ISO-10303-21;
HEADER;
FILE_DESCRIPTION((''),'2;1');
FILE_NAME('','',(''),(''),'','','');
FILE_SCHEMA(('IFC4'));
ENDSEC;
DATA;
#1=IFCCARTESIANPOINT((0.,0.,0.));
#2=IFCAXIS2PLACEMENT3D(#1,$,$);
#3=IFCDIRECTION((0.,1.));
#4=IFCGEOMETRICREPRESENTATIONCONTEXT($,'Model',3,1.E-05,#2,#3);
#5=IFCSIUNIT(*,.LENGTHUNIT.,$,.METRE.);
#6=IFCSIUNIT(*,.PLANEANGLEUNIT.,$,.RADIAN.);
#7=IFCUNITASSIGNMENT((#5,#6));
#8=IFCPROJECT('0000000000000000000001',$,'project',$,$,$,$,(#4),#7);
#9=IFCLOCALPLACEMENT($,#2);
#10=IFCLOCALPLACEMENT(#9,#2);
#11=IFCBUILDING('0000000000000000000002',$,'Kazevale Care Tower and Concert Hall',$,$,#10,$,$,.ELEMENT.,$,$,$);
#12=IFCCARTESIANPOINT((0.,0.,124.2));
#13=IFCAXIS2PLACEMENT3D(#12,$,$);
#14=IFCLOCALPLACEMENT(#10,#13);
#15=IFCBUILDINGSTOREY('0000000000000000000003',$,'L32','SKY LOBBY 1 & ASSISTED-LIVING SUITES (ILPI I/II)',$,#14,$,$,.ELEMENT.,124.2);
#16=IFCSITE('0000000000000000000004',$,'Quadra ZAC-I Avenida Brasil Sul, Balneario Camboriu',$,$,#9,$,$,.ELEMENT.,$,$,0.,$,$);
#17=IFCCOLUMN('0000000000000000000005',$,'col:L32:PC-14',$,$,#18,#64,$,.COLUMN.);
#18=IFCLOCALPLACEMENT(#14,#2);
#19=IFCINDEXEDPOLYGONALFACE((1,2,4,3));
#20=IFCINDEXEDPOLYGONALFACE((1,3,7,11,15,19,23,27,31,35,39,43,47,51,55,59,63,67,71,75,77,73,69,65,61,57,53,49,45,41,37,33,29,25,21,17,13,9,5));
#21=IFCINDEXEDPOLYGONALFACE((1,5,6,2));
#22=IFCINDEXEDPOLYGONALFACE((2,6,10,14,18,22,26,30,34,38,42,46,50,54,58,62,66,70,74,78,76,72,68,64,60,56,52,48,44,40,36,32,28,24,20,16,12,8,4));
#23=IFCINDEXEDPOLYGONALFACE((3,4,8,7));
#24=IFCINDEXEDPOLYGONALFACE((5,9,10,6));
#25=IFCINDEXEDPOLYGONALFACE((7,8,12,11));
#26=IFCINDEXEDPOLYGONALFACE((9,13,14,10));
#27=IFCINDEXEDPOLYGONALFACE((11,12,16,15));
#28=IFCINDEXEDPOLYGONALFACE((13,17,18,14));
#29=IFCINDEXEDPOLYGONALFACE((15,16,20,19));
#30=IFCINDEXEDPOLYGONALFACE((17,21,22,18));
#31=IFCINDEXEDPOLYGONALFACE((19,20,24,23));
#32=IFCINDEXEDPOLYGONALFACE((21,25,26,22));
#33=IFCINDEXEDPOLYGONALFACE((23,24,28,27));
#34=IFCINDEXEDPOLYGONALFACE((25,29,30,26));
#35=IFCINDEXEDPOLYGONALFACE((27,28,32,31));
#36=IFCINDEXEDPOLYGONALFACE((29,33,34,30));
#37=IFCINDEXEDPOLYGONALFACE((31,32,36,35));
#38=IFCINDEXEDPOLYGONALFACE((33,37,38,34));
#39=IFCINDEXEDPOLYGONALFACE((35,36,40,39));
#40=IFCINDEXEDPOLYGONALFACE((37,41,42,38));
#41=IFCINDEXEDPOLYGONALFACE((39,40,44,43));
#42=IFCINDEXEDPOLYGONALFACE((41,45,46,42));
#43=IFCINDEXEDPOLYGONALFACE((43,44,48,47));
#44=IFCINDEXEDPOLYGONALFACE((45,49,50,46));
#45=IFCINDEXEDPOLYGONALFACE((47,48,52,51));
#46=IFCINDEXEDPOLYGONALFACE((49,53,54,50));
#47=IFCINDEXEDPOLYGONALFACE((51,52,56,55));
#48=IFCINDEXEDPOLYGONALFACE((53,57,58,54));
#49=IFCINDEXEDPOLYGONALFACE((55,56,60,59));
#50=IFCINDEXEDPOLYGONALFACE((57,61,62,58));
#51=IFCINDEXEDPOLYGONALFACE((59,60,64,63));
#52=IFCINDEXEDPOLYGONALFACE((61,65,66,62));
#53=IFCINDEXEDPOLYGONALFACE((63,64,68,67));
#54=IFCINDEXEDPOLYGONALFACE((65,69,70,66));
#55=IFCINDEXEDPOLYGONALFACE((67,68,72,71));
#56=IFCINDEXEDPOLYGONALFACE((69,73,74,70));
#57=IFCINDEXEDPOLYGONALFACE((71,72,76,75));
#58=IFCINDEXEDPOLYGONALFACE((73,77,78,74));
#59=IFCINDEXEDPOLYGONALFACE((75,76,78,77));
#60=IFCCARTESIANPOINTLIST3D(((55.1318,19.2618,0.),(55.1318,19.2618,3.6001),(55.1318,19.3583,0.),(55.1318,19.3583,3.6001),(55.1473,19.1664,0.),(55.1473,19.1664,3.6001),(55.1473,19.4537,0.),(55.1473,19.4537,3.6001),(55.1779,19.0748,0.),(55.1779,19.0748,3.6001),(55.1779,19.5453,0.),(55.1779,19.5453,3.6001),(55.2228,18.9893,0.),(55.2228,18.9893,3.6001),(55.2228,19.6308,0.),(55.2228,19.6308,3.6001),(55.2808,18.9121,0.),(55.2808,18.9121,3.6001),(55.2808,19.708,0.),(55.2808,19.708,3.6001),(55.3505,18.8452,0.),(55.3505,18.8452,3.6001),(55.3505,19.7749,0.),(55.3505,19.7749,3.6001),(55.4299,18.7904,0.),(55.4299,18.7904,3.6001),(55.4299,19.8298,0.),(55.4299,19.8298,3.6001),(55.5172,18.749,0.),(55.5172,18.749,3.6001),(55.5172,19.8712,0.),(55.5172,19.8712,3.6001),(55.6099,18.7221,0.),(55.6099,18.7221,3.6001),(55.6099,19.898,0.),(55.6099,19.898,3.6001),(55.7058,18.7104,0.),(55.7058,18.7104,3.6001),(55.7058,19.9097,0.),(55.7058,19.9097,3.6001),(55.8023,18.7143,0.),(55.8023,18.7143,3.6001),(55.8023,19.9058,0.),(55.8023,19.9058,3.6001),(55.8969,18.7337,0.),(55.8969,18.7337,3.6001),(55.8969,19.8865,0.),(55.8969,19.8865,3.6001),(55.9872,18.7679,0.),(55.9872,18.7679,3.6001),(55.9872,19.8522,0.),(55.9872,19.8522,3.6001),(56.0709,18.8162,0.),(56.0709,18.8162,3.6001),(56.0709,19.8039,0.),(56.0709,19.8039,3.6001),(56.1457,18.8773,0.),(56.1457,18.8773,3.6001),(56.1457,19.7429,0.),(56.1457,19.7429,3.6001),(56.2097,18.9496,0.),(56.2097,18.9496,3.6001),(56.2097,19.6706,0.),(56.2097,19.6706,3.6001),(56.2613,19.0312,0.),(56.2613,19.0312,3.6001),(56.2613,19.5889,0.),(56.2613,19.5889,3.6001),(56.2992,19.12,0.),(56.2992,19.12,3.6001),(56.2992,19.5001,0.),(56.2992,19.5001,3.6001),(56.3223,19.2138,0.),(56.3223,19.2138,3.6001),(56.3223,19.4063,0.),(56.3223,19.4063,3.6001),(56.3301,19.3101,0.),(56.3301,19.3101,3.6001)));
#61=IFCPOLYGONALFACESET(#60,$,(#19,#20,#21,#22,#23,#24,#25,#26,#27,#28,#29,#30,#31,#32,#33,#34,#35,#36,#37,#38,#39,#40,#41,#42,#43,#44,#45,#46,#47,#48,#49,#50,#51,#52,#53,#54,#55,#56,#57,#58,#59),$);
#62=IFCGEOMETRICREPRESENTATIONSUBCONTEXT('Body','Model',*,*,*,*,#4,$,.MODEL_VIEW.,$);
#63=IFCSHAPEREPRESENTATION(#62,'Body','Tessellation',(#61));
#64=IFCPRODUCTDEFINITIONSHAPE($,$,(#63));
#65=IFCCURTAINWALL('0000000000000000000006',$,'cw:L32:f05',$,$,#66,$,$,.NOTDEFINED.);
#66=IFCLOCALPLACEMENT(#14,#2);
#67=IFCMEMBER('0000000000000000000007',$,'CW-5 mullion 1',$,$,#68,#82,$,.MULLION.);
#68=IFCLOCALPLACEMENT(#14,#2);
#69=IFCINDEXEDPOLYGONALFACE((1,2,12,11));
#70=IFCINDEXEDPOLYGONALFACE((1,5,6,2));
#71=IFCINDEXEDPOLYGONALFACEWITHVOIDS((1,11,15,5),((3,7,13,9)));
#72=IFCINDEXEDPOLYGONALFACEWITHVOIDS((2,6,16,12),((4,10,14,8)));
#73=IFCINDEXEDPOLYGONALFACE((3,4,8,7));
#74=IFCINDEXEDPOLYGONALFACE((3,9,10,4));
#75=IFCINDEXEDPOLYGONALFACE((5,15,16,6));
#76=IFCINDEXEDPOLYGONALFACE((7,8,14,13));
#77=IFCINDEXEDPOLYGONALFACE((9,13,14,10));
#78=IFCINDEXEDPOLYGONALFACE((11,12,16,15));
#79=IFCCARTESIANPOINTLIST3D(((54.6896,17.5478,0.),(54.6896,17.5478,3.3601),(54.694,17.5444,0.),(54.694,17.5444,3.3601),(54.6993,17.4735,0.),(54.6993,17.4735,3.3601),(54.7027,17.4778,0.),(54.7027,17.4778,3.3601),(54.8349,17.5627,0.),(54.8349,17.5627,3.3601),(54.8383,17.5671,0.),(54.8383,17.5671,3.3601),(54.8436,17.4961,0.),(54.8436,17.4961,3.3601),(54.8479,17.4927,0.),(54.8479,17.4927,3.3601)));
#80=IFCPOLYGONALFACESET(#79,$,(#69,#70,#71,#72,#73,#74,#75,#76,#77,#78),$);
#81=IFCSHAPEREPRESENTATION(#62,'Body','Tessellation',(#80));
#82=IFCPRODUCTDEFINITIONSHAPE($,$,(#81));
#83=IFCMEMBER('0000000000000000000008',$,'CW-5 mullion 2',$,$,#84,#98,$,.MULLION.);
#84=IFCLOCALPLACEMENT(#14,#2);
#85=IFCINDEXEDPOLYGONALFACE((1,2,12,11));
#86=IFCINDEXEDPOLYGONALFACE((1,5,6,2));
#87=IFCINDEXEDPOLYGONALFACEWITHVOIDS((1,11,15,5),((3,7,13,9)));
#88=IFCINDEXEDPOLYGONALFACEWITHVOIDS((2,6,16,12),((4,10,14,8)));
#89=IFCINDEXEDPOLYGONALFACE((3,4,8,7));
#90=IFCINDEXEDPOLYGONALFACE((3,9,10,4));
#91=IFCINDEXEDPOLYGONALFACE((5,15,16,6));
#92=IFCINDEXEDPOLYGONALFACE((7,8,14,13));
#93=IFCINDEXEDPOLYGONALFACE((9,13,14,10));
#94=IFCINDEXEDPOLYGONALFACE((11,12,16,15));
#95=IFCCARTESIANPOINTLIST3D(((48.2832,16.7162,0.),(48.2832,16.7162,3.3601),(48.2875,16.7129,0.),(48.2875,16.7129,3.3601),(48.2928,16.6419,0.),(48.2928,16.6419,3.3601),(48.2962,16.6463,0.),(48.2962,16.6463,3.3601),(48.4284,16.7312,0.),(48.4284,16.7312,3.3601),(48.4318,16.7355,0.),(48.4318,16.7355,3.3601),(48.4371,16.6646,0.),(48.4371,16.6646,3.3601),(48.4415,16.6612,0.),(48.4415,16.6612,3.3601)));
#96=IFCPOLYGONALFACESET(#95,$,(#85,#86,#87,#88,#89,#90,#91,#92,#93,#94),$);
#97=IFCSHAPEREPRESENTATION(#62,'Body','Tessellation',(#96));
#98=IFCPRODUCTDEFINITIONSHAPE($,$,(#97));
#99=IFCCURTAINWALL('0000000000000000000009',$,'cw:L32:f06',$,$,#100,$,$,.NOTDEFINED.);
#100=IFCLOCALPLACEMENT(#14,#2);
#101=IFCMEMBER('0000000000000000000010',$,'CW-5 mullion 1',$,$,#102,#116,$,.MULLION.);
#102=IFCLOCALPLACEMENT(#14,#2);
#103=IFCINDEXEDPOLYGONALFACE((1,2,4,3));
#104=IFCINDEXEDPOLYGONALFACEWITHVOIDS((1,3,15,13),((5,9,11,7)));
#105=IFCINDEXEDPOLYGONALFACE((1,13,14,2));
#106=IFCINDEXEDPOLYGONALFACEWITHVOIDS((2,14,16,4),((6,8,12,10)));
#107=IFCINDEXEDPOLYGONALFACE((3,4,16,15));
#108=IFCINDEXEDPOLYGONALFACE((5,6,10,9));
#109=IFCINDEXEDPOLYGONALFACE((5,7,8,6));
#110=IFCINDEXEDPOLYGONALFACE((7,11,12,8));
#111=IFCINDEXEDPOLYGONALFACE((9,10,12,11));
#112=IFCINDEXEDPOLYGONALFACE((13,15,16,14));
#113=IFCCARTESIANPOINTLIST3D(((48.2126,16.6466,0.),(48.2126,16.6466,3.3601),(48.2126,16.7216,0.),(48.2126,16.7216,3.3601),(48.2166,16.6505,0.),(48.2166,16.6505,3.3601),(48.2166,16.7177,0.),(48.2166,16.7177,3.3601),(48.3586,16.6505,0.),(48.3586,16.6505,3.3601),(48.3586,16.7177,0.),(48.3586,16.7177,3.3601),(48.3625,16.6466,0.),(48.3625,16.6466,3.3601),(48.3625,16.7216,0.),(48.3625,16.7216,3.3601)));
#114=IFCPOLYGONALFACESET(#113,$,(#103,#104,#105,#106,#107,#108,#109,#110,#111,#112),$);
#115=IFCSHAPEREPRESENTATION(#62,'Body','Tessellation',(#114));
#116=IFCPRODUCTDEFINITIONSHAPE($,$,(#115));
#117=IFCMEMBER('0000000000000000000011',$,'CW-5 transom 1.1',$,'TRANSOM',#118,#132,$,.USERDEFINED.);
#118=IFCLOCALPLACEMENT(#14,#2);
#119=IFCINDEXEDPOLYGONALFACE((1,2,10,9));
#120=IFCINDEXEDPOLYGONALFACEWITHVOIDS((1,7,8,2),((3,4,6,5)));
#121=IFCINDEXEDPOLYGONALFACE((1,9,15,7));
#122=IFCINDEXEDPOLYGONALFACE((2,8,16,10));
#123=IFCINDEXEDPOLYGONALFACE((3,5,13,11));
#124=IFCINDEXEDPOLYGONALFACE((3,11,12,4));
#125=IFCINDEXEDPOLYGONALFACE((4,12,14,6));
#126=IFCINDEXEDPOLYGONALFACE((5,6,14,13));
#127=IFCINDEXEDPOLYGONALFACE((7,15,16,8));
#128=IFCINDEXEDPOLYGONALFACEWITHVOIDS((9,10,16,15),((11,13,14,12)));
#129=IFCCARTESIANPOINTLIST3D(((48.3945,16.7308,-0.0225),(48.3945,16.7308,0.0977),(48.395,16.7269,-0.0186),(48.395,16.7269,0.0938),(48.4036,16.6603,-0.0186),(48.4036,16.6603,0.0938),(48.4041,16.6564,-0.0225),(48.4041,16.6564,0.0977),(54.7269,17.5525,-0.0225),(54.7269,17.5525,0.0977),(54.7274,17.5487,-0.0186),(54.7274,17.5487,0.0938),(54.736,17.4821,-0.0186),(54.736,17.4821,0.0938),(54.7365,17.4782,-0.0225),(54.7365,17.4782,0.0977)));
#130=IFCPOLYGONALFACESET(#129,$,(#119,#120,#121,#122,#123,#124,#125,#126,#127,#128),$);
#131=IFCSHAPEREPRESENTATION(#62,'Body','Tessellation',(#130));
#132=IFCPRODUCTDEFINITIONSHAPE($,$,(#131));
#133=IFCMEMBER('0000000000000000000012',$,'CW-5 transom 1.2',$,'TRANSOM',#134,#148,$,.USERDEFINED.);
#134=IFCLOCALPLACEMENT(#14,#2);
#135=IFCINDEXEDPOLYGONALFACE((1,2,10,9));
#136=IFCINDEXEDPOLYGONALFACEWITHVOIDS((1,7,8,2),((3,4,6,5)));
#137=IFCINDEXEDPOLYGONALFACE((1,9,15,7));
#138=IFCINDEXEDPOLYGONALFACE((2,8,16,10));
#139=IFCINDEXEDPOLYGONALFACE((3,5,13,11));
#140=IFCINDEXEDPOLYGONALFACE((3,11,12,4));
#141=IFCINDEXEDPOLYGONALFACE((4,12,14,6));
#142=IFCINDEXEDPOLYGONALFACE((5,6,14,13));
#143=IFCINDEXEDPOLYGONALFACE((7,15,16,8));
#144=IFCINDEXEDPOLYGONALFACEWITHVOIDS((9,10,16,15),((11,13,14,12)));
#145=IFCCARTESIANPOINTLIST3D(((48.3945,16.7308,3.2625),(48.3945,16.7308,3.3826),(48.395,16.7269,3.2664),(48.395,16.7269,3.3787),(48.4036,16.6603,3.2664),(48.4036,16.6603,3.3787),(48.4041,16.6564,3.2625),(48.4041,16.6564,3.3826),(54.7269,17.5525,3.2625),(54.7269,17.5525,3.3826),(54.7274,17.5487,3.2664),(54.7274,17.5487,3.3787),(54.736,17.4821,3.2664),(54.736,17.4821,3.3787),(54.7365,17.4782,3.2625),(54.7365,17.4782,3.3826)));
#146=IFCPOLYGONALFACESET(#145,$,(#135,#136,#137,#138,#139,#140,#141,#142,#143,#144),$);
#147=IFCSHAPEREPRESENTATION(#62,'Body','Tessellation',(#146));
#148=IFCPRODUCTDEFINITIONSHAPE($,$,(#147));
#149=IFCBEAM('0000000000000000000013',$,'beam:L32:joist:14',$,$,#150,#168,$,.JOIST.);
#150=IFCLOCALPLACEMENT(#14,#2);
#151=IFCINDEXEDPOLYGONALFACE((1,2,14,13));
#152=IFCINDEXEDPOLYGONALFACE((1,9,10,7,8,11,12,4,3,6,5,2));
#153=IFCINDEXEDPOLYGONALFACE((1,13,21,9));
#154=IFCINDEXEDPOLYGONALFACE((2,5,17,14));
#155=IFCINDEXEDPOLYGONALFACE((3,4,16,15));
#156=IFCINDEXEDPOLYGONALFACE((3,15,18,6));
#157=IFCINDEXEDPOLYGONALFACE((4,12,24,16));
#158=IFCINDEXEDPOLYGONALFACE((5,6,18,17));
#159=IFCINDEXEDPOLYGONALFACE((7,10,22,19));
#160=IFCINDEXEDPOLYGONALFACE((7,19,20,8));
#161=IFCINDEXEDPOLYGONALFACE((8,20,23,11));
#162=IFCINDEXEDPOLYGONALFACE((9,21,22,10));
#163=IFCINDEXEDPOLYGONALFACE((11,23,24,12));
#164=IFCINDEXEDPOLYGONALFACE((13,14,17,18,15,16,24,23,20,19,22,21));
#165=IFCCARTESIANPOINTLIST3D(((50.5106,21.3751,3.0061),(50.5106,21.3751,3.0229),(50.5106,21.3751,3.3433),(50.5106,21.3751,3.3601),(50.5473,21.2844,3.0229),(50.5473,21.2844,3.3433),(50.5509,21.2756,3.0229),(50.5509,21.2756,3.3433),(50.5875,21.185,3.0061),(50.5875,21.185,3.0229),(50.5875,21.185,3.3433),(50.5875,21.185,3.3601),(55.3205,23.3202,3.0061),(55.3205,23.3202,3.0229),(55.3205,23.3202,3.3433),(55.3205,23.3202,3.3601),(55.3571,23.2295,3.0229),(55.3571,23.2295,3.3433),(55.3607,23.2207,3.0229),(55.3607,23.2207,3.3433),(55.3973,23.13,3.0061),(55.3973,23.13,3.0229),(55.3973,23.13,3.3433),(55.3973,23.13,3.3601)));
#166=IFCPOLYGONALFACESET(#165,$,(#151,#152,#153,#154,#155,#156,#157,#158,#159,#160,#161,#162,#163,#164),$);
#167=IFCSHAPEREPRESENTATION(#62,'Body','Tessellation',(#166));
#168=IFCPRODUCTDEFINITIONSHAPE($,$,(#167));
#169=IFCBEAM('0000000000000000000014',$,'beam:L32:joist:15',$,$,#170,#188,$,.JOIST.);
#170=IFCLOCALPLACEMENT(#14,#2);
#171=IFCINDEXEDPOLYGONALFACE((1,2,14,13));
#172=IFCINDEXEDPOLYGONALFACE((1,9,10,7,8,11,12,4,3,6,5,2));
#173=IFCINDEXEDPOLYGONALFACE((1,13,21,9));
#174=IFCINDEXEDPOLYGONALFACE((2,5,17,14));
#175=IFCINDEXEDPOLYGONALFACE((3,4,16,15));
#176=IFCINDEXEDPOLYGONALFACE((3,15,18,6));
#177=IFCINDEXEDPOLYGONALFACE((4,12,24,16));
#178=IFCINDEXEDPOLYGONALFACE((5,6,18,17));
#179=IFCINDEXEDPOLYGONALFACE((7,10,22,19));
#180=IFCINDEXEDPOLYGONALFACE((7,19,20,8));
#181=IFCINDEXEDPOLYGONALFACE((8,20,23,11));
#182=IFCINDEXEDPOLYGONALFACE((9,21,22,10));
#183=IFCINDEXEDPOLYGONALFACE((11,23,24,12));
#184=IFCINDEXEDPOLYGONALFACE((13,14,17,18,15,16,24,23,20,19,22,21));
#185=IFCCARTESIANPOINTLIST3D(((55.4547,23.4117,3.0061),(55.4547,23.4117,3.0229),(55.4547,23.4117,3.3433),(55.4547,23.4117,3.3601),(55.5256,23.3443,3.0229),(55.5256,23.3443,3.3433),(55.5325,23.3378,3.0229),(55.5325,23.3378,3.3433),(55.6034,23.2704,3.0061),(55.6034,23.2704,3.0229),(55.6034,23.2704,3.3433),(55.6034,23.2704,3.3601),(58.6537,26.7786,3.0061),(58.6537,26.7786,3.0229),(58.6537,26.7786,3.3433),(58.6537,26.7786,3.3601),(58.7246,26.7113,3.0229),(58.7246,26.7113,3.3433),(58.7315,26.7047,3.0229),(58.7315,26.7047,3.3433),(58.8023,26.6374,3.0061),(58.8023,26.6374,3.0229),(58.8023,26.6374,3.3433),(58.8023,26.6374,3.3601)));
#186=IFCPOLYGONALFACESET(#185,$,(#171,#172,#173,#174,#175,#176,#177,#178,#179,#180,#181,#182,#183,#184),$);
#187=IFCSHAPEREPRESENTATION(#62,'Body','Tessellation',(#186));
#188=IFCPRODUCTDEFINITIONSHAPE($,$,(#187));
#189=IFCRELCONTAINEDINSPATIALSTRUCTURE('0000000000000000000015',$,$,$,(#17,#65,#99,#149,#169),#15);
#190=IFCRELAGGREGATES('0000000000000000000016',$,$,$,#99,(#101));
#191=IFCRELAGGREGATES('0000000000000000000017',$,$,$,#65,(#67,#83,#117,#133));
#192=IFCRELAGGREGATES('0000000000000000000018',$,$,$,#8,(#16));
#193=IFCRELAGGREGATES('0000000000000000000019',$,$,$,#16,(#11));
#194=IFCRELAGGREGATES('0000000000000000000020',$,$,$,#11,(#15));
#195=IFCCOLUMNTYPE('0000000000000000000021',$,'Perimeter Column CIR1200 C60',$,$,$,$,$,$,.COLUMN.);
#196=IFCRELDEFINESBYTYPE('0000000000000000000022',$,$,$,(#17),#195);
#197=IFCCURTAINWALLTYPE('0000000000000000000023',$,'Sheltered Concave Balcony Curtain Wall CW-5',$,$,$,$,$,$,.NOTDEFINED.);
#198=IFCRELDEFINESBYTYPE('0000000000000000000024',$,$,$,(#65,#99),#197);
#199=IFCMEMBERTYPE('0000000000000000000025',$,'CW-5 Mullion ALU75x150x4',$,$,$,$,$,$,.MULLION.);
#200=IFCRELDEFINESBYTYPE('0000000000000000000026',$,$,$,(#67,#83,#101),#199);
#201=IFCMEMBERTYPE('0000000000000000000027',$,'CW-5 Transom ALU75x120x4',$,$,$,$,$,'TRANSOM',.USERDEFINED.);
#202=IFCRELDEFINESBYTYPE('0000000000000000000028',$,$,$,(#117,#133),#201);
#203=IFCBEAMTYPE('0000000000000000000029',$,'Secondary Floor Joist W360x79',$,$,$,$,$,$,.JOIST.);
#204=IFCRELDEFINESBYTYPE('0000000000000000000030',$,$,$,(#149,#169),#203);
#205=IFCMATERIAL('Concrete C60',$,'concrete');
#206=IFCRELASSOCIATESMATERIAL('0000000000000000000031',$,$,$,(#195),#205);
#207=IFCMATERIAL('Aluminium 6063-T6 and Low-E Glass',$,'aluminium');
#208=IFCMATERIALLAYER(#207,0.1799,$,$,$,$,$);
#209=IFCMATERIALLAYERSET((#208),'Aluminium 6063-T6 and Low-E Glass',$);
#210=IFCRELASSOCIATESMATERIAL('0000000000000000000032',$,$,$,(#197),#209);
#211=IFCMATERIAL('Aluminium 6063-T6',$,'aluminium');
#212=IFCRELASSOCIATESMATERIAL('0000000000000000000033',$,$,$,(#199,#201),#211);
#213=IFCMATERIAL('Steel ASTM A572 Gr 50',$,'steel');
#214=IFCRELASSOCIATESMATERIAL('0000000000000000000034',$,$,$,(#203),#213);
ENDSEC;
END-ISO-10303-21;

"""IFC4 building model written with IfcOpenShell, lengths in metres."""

from ifc_helpers import new_model, si_unit, direction, frame, origin, origin_2d, place, context, subcontext, project, spatial, hollow_rectangle, circle, i_section, extrude, material, layer, layer_set, material_profile, profile_set, type_object, element, aggregate, save


model = new_model("IFC4")

# Units and contexts
model_context = context("Model", 3, precision=1e-05, world=origin(), true_north=direction((0.0, 1.0)))
body_context = subcontext(model_context, "Body", "Model", "MODEL_VIEW")
ifc_project = project(units=[si_unit("LENGTHUNIT", "METRE"), si_unit("PLANEANGLEUNIT", "RADIAN")], contexts=[model_context])

# Site, building, storey
site_placement = place(None, origin())
site = spatial("IfcSite", under=ifc_project, at=site_placement, Name="Quadra ZAC-I Avenida Brasil Sul, Balneario Camboriu", CompositionType="ELEMENT", RefElevation=0.0)
building_placement = place(site_placement, origin())
building = spatial("IfcBuilding", under=site, at=building_placement, Name="Kazevale Care Tower and Concert Hall", CompositionType="ELEMENT")
storey_placement = place(building_placement, frame((0.0, 0.0, 124.2)))
storey = spatial("IfcBuildingStorey", under=building, at=storey_placement, Name="L32", Description="SKY LOBBY 1 & ASSISTED-LIVING SUITES (ILPI I/II)", CompositionType="ELEMENT", Elevation=124.2)

# Column
ifc_material_1 = material(Name="Concrete C60", Category="concrete")
ifc_material_profile_1 = material_profile(ifc_material_1, circle(Radius=0.6001, at=origin_2d()), Name="RC-CIR1200")
ifc_profile_set_1 = profile_set([ifc_material_profile_1], Name="Concrete C60")
column_type = type_object("IfcColumnType", Name="Perimeter Column CIR1200 C60", PredefinedType="COLUMN", material=ifc_profile_set_1)
column_placement = place(storey_placement, frame((55.73, 19.3101, 0.0), z_axis=(0.0, 0.0, 1.0), x_axis=(1.0, 0.0, 0.0)))
element("IfcColumn", 1, at=column_placement, inside=storey, type_object=column_type, Name="col:L32:PC-14", PredefinedType="COLUMN", context=body_context, shape_type="SweptSolid", body=[
    extrude(circle(Radius=0.6001, at=origin_2d()), origin(), (0.0, 0.0, 1.0), 3.6001),
])

# Curtain wall, members
ifc_material_2 = material(Name="Aluminium 6063-T6 and Low-E Glass", Category="aluminium")
ifc_layer_1 = layer(ifc_material_2, 0.1799)
ifc_layer_set_1 = layer_set([ifc_layer_1], Name="Aluminium 6063-T6 and Low-E Glass")
curtain_wall_type = type_object("IfcCurtainWallType", Name="Sheltered Concave Balcony Curtain Wall CW-5", PredefinedType="NOTDEFINED", material=ifc_layer_set_1)
curtain_wall_1_placement = place(storey_placement, origin())
curtain_wall_1 = element("IfcCurtainWall", 2, at=curtain_wall_1_placement, inside=storey, type_object=curtain_wall_type, Name="cw:L32:f05", PredefinedType="NOTDEFINED")
ifc_material_3 = material(Name="Aluminium 6063-T6", Category="aluminium")
ifc_material_profile_2 = material_profile(ifc_material_3, hollow_rectangle(XDim=0.075, YDim=0.1499, WallThickness=0.0039, at=origin_2d()), Name="ALU75x150x4")
ifc_profile_set_2 = profile_set([ifc_material_profile_2], Name="Aluminium 6063-T6")
member_type_1 = type_object("IfcMemberType", Name="CW-5 Mullion ALU75x150x4", PredefinedType="MULLION", material=ifc_profile_set_2)
member_1_placement = place(storey_placement, frame((54.7688, 17.5203, 0.0), z_axis=(0.0, 0.0, 1.0), x_axis=(0.128685, -0.991686, 0.0)))
member_1 = element("IfcMember", 3, at=member_1_placement, type_object=member_type_1, Name="CW-5 mullion 1", PredefinedType="MULLION", context=body_context, shape_type="SweptSolid", body=[
    extrude(hollow_rectangle(XDim=0.075, YDim=0.1499, WallThickness=0.0039, at=origin_2d()), origin(), (0.0, 0.0, 1.0), 3.3601),
])
member_2_placement = place(storey_placement, frame((48.3623, 16.6887, 0.0), z_axis=(0.0, 0.0, 1.0), x_axis=(0.128685, -0.991686, 0.0)))
member_2 = element("IfcMember", 4, at=member_2_placement, type_object=member_type_1, Name="CW-5 mullion 2", PredefinedType="MULLION", context=body_context, shape_type="SweptSolid", body=[
    extrude(hollow_rectangle(XDim=0.075, YDim=0.1499, WallThickness=0.0039, at=origin_2d()), origin(), (0.0, 0.0, 1.0), 3.3601),
])

# Curtain wall, member
curtain_wall_2_placement = place(storey_placement, origin())
curtain_wall_2 = element("IfcCurtainWall", 5, at=curtain_wall_2_placement, inside=storey, type_object=curtain_wall_type, Name="cw:L32:f06", PredefinedType="NOTDEFINED")
member_3_placement = place(storey_placement, frame((48.2876, 16.6841, 0.0), z_axis=(0.0, 0.0, 1.0), x_axis=(0.0, -1.0, 0.0)))
member_3 = element("IfcMember", 6, at=member_3_placement, type_object=member_type_1, Name="CW-5 mullion 1", PredefinedType="MULLION", context=body_context, shape_type="SweptSolid", body=[
    extrude(hollow_rectangle(XDim=0.075, YDim=0.1499, WallThickness=0.0039, at=origin_2d()), origin(), (0.0, 0.0, 1.0), 3.3601),
])
aggregate(curtain_wall_2, [member_3])

# Members
ifc_material_profile_3 = material_profile(ifc_material_3, hollow_rectangle(XDim=0.075, YDim=0.1201, WallThickness=0.0039, at=origin_2d()), Name="ALU75x120x4")
ifc_profile_set_3 = profile_set([ifc_material_profile_3], Name="Aluminium 6063-T6")
member_type_2 = type_object("IfcMemberType", Name="CW-5 Transom ALU75x120x4", ElementType="TRANSOM", PredefinedType="USERDEFINED", material=ifc_profile_set_3)
member_4_placement = place(storey_placement, frame((54.7317, 17.5154, 0.0376), z_axis=(-0.991684, -0.128697, 0.0), x_axis=(0.128697, -0.991684, 0.0)))
member_4 = element("IfcMember", 7, at=member_4_placement, type_object=member_type_2, Name="CW-5 transom 1.1", ObjectType="TRANSOM", PredefinedType="USERDEFINED", context=body_context, shape_type="SweptSolid", body=[
    extrude(hollow_rectangle(XDim=0.075, YDim=0.1201, WallThickness=0.0039, at=origin_2d()), origin(), (0.0, 0.0, 1.0), 6.3855),
])
member_5_placement = place(storey_placement, frame((54.7317, 17.5154, 3.3225), z_axis=(-0.991684, -0.128697, 0.0), x_axis=(0.128697, -0.991684, 0.0)))
member_5 = element("IfcMember", 8, at=member_5_placement, type_object=member_type_2, Name="CW-5 transom 1.2", ObjectType="TRANSOM", PredefinedType="USERDEFINED", context=body_context, shape_type="SweptSolid", body=[
    extrude(hollow_rectangle(XDim=0.075, YDim=0.1201, WallThickness=0.0039, at=origin_2d()), origin(), (0.0, 0.0, 1.0), 6.3855),
])

# Beams
ifc_material_4 = material(Name="Steel ASTM A572 Gr 50", Category="steel")
ifc_material_profile_4 = material_profile(ifc_material_4, i_section(OverallWidth=0.2051, OverallDepth=0.354, WebThickness=0.0095, FlangeThickness=0.0168, at=origin_2d()), Name="W360x79")
ifc_profile_set_4 = profile_set([ifc_material_profile_4], Name="Steel ASTM A572 Gr 50")
beam_type_1 = type_object("IfcBeamType", Name="Secondary Floor Joist W360x79", PredefinedType="JOIST", material=ifc_profile_set_4)
beam_1_placement = place(storey_placement, frame((50.5491, 21.28, 3.1831), z_axis=(0.927065, 0.374901, 0.0), x_axis=(-0.374901, 0.927065, 0.0)))
element("IfcBeam", 9, at=beam_1_placement, inside=storey, type_object=beam_type_1, Name="beam:L32:joist:14", PredefinedType="JOIST", context=body_context, shape_type="SweptSolid", body=[
    extrude(i_section(OverallWidth=0.2051, OverallDepth=0.354, WebThickness=0.0095, FlangeThickness=0.0168, at=origin_2d()), origin(), (0.0, 0.0, 1.0), 5.1882),
])
beam_2_placement = place(storey_placement, frame((55.5291, 23.3411, 3.1831), z_axis=(0.688792, 0.724959, 0.0), x_axis=(-0.724959, 0.688792, 0.0)))
element("IfcBeam", 10, at=beam_2_placement, inside=storey, type_object=beam_type_1, Name="beam:L32:joist:15", PredefinedType="JOIST", context=body_context, shape_type="SweptSolid", body=[
    extrude(i_section(OverallWidth=0.2051, OverallDepth=0.354, WebThickness=0.0095, FlangeThickness=0.0168, at=origin_2d()), origin(), (0.0, 0.0, 1.0), 4.6443),
])

aggregate(curtain_wall_1, [member_1, member_2, member_4, member_5])

save(model, "model.ifc")
